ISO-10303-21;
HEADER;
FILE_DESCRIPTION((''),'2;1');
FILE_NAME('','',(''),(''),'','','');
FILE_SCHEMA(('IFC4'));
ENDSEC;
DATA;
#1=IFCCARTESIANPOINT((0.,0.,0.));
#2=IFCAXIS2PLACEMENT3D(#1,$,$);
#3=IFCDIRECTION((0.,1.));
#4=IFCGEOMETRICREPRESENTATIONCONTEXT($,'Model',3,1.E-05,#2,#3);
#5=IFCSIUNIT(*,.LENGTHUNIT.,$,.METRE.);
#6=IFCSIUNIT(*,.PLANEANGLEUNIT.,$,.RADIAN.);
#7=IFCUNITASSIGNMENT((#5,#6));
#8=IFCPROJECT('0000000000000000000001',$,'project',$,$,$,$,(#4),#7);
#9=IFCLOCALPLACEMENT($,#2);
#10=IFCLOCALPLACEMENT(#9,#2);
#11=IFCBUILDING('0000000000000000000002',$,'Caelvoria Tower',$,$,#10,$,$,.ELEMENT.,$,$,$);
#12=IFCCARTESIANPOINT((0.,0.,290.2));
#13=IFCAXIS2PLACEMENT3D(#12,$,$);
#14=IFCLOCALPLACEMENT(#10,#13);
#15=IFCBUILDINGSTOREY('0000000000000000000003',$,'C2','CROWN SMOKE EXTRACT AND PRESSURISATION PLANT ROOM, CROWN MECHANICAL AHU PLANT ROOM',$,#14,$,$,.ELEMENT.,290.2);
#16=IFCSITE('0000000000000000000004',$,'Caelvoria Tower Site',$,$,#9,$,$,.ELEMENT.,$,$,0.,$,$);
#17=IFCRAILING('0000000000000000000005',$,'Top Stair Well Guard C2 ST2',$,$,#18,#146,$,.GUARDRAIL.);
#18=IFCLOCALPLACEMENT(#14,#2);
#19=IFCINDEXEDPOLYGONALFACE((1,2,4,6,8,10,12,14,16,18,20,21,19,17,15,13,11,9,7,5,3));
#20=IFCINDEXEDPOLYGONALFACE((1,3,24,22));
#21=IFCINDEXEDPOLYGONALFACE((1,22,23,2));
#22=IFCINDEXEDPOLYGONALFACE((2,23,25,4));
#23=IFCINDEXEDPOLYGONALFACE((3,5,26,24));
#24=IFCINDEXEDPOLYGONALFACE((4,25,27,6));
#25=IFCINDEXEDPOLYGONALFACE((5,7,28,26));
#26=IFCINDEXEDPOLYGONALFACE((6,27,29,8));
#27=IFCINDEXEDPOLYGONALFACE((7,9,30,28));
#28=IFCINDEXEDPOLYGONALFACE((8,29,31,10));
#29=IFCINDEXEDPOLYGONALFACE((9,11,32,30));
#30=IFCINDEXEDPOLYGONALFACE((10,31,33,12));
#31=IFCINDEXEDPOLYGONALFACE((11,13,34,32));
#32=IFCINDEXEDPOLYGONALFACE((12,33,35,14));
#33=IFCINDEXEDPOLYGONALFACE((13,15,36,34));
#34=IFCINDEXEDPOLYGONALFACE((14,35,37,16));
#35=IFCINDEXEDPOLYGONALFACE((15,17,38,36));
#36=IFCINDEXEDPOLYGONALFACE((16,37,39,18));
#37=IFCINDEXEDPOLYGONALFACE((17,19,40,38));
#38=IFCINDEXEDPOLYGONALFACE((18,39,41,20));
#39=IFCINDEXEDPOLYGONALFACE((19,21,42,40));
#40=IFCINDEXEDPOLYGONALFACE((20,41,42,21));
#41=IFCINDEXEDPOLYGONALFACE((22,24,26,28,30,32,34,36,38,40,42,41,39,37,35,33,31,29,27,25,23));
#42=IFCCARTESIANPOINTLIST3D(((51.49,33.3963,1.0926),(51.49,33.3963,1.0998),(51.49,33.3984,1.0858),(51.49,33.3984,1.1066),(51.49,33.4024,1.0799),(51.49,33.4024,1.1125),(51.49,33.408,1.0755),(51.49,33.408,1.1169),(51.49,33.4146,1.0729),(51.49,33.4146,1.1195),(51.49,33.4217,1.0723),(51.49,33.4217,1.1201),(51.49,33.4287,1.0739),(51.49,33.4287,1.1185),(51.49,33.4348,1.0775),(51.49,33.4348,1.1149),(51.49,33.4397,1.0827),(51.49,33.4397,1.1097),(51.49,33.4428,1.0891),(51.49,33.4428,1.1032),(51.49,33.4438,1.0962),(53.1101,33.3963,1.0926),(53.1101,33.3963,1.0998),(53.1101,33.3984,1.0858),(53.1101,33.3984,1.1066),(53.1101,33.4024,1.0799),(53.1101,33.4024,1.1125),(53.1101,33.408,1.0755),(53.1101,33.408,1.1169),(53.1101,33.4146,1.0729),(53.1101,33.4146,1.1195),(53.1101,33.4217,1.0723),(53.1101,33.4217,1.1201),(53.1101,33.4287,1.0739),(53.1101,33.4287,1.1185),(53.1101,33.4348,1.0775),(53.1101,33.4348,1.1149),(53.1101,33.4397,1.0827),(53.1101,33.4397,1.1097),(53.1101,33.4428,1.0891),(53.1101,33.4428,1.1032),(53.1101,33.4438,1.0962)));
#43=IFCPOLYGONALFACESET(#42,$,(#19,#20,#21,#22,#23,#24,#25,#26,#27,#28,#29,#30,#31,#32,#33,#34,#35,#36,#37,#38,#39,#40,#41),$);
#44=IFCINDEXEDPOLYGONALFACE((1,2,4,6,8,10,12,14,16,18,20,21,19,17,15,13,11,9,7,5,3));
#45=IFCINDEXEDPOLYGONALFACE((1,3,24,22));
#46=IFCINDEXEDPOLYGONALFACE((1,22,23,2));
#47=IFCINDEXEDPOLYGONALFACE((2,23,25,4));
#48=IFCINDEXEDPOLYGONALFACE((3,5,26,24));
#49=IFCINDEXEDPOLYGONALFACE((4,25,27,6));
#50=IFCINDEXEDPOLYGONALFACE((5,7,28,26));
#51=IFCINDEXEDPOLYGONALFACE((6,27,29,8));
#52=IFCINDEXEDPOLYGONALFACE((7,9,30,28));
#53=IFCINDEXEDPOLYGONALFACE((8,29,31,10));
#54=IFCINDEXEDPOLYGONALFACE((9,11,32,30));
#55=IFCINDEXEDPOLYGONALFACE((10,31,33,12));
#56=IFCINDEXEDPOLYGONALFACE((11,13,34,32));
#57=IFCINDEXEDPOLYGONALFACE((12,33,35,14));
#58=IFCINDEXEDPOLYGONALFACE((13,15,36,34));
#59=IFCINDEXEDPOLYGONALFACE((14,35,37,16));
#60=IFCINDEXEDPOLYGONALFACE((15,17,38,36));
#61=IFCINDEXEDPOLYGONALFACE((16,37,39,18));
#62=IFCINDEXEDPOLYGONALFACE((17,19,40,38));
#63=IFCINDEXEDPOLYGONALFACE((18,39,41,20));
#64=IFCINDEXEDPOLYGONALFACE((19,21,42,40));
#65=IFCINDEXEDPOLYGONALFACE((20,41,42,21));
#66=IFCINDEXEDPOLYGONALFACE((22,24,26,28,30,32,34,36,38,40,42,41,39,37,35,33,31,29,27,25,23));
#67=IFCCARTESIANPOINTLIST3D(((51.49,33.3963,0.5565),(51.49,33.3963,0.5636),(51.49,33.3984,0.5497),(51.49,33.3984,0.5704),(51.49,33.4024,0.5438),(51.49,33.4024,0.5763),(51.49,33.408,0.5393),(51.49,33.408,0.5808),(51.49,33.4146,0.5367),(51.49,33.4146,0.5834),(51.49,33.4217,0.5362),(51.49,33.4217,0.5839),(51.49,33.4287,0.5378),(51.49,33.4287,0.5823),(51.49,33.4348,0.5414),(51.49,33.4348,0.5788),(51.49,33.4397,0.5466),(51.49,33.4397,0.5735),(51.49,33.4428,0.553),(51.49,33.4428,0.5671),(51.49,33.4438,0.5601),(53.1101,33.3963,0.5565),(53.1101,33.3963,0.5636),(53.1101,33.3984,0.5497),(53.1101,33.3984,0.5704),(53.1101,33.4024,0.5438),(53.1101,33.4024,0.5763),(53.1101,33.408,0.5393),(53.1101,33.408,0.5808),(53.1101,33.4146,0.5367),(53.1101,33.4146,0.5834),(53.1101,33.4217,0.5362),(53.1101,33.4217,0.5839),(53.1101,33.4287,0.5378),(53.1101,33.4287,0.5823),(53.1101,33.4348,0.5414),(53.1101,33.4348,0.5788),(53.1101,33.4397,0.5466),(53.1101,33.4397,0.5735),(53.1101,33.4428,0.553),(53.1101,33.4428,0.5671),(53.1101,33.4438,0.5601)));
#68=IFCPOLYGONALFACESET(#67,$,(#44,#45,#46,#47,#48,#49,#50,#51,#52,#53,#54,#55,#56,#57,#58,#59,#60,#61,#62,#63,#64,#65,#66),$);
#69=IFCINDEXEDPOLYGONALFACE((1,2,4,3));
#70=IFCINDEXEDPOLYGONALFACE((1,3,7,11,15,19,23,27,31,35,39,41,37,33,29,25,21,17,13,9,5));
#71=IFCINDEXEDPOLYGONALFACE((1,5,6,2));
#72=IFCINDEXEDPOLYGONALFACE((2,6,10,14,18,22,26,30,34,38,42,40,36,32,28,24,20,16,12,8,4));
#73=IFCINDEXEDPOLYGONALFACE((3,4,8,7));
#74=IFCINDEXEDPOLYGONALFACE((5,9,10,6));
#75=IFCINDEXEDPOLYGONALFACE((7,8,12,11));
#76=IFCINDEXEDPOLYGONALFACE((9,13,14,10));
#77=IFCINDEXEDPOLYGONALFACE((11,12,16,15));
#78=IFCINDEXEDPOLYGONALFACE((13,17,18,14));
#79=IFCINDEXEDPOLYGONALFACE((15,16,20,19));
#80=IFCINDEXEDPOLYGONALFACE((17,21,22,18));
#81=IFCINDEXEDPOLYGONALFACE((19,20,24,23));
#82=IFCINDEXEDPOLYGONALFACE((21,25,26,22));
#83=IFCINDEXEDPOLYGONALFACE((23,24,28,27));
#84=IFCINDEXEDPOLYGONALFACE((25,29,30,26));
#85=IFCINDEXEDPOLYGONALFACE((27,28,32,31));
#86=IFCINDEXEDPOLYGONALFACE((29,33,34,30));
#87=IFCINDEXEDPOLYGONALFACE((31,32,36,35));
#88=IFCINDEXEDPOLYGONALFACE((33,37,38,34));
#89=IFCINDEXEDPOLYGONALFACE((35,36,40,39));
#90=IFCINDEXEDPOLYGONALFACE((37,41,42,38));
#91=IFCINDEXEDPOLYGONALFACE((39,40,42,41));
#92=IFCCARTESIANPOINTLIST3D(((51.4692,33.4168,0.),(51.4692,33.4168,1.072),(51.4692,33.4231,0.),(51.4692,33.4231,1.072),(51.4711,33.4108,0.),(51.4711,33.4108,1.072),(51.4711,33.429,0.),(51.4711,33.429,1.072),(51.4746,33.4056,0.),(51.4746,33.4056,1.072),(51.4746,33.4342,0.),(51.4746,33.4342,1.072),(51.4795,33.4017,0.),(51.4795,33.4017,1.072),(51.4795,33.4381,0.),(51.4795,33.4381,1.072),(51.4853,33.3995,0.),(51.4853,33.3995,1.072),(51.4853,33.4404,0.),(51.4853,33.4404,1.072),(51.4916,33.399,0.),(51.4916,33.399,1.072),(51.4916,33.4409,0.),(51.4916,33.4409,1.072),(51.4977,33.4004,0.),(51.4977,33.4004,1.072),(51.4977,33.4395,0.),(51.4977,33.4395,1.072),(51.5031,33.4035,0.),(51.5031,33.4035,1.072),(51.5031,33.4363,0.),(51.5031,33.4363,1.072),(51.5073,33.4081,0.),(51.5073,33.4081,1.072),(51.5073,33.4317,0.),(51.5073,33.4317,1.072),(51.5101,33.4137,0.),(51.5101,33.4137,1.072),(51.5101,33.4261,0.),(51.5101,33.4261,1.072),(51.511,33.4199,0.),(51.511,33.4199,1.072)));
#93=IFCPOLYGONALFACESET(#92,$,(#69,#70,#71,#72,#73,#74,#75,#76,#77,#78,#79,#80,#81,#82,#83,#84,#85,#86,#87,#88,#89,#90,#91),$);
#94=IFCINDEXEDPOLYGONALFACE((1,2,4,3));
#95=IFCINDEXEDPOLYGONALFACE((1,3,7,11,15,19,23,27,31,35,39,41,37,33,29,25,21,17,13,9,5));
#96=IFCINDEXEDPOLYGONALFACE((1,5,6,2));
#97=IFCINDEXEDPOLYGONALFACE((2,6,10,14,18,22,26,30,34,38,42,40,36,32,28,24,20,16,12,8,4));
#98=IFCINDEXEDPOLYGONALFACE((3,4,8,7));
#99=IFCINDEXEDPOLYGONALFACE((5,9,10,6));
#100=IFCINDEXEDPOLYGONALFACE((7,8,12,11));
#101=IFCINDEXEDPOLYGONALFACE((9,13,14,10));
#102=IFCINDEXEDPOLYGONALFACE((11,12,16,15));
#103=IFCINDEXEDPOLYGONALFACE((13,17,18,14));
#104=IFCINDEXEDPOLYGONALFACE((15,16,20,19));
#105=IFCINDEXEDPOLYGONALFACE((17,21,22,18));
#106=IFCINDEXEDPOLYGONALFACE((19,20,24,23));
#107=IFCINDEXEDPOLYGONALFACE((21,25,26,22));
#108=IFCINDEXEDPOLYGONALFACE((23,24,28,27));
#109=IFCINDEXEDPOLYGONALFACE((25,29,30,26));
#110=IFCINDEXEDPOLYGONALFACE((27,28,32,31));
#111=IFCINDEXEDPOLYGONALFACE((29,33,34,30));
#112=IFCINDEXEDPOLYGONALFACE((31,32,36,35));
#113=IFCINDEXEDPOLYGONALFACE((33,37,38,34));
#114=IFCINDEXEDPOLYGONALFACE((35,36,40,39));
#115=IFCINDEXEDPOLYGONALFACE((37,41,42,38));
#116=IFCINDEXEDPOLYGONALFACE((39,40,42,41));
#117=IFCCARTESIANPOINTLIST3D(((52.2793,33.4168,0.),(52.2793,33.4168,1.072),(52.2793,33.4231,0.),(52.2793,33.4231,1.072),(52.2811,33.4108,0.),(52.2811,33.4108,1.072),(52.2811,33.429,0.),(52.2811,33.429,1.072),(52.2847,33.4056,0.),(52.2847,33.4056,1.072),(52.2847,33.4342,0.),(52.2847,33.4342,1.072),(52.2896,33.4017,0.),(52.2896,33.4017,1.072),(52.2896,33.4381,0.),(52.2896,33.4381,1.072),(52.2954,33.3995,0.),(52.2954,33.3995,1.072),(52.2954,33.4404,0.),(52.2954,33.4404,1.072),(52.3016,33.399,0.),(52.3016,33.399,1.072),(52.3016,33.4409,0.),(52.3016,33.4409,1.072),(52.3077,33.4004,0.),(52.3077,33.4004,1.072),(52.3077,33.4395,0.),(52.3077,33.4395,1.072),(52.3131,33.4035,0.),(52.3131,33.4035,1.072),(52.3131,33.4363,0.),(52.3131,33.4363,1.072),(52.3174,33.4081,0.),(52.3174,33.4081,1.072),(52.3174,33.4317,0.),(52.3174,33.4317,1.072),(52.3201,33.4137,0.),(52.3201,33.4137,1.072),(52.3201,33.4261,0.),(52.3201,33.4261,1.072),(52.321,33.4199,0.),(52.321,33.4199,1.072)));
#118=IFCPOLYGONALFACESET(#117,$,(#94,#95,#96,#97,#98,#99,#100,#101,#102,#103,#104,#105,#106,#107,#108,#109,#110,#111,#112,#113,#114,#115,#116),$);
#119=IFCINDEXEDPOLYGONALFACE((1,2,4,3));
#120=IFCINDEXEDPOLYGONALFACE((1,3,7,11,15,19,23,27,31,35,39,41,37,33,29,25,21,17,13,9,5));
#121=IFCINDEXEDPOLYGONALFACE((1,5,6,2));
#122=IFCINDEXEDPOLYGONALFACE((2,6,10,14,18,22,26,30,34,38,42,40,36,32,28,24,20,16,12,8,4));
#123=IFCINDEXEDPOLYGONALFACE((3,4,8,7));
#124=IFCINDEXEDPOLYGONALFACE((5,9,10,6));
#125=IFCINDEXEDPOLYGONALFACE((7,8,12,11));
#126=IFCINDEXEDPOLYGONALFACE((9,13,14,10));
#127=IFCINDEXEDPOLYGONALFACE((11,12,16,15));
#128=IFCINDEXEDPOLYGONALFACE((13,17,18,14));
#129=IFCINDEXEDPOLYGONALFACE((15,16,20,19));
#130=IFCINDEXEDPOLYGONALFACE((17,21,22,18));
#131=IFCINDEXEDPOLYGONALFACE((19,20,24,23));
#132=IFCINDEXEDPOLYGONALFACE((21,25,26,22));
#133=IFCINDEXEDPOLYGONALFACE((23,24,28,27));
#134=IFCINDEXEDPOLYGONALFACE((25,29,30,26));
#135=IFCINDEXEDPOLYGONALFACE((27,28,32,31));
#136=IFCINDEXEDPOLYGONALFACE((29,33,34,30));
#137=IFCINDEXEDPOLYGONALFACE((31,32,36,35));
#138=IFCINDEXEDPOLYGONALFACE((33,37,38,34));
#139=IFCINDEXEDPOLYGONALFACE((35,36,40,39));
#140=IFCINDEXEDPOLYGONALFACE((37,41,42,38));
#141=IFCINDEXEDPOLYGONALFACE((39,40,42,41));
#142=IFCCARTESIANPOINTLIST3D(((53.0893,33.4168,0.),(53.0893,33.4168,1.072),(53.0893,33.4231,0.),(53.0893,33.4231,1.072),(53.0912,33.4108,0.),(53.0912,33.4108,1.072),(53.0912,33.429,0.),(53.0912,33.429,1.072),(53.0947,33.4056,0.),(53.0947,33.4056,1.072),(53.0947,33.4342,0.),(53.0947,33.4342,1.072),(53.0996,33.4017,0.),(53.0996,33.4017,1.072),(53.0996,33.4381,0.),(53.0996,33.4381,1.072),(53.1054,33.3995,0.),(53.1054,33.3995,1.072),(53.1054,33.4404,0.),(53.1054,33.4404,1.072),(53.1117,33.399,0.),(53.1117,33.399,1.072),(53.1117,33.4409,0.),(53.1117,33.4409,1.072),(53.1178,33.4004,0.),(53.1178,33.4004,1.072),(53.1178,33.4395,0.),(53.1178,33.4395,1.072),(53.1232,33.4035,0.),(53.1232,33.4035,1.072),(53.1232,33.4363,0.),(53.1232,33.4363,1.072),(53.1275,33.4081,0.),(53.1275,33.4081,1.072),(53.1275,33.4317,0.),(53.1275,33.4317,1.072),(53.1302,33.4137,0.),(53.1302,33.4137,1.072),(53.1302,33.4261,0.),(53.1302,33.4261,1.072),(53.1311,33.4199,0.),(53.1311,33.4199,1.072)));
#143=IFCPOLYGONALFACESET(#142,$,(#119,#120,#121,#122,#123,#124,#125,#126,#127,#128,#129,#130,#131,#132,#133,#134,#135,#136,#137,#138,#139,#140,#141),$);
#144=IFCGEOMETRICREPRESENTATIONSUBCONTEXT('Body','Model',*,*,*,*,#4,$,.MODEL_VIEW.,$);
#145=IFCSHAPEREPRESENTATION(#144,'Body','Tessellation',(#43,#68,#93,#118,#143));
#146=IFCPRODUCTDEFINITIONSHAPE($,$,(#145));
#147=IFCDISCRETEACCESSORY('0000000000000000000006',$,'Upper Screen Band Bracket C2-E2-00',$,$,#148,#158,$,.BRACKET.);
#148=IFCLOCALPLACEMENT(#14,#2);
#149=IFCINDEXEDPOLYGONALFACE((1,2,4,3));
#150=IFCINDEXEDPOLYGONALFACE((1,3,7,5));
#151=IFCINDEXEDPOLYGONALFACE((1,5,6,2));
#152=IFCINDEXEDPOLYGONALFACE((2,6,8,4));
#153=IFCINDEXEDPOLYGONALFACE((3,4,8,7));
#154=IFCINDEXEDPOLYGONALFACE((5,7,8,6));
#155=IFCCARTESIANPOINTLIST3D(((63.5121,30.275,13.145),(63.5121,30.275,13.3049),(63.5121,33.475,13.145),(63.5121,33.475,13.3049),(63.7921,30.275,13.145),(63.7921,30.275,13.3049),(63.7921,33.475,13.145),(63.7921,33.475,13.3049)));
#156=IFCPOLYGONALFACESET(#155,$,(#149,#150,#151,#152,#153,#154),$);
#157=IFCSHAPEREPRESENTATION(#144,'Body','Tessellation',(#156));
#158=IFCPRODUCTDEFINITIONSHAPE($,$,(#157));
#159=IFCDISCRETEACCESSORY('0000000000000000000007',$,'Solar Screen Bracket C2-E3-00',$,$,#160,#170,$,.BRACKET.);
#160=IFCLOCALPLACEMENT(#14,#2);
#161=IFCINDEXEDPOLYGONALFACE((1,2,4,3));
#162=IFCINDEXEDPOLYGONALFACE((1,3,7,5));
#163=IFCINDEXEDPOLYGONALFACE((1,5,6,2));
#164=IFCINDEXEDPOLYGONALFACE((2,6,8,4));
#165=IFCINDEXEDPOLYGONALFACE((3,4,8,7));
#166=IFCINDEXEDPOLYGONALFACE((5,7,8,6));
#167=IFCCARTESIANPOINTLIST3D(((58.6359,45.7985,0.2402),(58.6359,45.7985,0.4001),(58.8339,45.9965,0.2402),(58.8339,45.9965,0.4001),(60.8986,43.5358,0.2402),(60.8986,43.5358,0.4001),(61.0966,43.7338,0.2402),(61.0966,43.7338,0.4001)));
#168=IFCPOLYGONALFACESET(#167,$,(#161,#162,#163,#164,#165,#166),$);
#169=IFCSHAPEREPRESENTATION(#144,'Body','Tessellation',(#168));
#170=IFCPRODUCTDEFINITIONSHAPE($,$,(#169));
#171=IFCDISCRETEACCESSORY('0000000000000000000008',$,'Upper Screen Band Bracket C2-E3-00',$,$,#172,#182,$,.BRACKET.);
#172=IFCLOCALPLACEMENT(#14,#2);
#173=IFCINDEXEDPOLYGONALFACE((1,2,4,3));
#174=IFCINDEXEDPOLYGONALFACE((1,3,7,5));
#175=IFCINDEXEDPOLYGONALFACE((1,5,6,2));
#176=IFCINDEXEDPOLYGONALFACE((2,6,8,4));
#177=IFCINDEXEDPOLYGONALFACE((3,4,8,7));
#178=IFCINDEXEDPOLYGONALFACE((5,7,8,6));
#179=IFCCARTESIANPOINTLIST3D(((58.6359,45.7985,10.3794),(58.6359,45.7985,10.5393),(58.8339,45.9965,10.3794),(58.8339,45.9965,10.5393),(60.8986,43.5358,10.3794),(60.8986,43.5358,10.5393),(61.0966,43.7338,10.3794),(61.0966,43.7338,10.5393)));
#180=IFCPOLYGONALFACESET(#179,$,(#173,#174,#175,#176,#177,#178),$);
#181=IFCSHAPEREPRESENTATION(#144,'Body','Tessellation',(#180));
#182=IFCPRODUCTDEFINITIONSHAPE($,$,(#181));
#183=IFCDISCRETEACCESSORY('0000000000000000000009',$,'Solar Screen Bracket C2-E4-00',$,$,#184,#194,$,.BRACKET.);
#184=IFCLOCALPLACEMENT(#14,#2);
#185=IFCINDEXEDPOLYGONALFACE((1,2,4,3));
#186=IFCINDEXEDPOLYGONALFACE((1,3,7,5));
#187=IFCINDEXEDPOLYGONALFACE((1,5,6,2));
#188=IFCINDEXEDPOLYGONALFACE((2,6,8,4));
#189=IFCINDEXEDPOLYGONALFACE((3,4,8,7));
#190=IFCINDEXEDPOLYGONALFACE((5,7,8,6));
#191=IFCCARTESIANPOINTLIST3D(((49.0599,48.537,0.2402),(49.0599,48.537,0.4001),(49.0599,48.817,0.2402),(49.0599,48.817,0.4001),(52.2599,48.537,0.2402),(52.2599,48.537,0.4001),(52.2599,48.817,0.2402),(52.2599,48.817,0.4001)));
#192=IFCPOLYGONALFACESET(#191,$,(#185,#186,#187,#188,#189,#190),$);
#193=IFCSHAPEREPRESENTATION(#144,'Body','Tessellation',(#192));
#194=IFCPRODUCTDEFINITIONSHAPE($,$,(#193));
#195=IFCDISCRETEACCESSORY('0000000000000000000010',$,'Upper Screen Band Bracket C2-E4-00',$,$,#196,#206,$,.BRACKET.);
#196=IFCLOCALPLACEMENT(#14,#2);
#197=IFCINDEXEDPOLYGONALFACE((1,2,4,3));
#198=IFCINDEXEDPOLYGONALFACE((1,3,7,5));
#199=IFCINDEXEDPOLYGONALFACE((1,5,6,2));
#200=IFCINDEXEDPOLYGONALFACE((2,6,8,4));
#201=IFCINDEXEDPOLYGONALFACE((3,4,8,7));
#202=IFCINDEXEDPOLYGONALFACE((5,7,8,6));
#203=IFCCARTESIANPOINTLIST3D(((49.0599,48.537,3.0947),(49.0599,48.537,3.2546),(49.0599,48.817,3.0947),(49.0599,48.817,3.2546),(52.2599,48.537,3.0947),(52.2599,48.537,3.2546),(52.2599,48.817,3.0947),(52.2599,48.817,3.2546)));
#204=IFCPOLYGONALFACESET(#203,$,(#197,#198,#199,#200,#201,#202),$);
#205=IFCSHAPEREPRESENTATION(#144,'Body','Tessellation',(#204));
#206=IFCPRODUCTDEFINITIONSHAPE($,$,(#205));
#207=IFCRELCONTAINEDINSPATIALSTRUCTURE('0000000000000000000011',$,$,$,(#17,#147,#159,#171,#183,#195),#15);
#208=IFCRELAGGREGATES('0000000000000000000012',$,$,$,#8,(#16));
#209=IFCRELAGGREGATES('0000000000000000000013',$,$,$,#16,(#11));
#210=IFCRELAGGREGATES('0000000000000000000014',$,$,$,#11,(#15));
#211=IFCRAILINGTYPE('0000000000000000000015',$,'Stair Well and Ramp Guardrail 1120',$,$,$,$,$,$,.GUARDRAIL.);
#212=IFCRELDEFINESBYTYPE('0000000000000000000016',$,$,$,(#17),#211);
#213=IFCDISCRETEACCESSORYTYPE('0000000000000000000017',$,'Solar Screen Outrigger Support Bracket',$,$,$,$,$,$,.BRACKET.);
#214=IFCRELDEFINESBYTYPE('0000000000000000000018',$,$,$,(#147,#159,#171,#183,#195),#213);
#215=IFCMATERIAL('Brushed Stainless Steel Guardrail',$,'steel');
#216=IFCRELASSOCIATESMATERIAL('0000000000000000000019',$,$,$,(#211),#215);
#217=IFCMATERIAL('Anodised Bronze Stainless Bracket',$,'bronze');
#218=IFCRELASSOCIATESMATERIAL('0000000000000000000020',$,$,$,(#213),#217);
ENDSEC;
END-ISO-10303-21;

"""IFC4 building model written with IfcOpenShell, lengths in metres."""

from ifc_helpers import new_model, si_unit, direction, frame, origin, origin_2d, place, context, subcontext, project, spatial, rectangle, circle, extrude, material, type_object, element, save


model = new_model("IFC4")

# Units and contexts
model_context = context("Model", 3, precision=1e-05, world=origin(), true_north=direction((0.0, 1.0)))
body_context = subcontext(model_context, "Body", "Model", "MODEL_VIEW")
ifc_project = project(units=[si_unit("LENGTHUNIT", "METRE"), si_unit("PLANEANGLEUNIT", "RADIAN")], contexts=[model_context])

# Site, building, storey
site_placement = place(None, origin())
site = spatial("IfcSite", under=ifc_project, at=site_placement, Name="Caelvoria Tower Site", CompositionType="ELEMENT", RefElevation=0.0)
building_placement = place(site_placement, origin())
building = spatial("IfcBuilding", under=site, at=building_placement, Name="Caelvoria Tower", CompositionType="ELEMENT")
storey_placement = place(building_placement, frame((0.0, 0.0, 290.2)))
storey = spatial("IfcBuildingStorey", under=building, at=storey_placement, Name="C2", Description="CROWN SMOKE EXTRACT AND PRESSURISATION PLANT ROOM, CROWN MECHANICAL AHU PLANT ROOM", CompositionType="ELEMENT", Elevation=290.2)

# Railing
ifc_material_1 = material(Name="Brushed Stainless Steel Guardrail", Category="steel")
railing_type = type_object("IfcRailingType", Name="Stair Well and Ramp Guardrail 1120", PredefinedType="GUARDRAIL", material=ifc_material_1)
railing_placement = place(storey_placement, frame((51.49, 33.4199, 0.0)))
element("IfcRailing", 1, at=railing_placement, inside=storey, type_object=railing_type, Name="Top Stair Well Guard C2 ST2", PredefinedType="GUARDRAIL", context=body_context, shape_type="SweptSolid", body=[
    extrude(circle(Radius=0.0239, at=origin_2d()), frame((0.0, 0.0, 1.0962), z_axis=(1.0, 0.0, 0.0), x_axis=(0.0, 1.0, 0.0)), (0.0, 0.0, 1.0), 1.6201),
    extrude(circle(Radius=0.0239, at=origin_2d()), frame((0.0, 0.0, 0.5601), z_axis=(1.0, 0.0, 0.0), x_axis=(0.0, 1.0, 0.0)), (0.0, 0.0, 1.0), 1.6201),
    extrude(circle(Radius=0.021, at=origin_2d()), origin(), (0.0, 0.0, 1.0), 1.072),
    extrude(circle(Radius=0.021, at=origin_2d()), frame((0.8101, 0.0, 0.0)), (0.0, 0.0, 1.0), 1.072),
    extrude(circle(Radius=0.021, at=origin_2d()), frame((1.6201, 0.0, 0.0)), (0.0, 0.0, 1.0), 1.072),
])

# Discrete accessories
ifc_material_2 = material(Name="Anodised Bronze Stainless Bracket", Category="bronze")
discrete_accessory_type = type_object("IfcDiscreteAccessoryType", Name="Solar Screen Outrigger Support Bracket", PredefinedType="BRACKET", material=ifc_material_2)
for number, where, z_axis, x_axis, name in (
    (2, (63.6521, 31.875, 13.145), (0.0, 0.0, 1.0), (0.0, 1.0, 0.0), "Upper Screen Band Bracket C2-E2-00"),
    (3, (59.8662, 44.7661, 0.2402), (0.0, 0.0, 1.0), (-0.707107, 0.707107, 0.0), "Solar Screen Bracket C2-E3-00"),
    (4, (59.8662, 44.7661, 10.3794), (0.0, 0.0, 1.0), (-0.707107, 0.707107, 0.0), "Upper Screen Band Bracket C2-E3-00"),
    (5, (50.6599, 48.677, 0.2402), (0.0, 0.0, 1.0), (-1.0, 0.0, 0.0), "Solar Screen Bracket C2-E4-00"),
    (6, (50.6599, 48.677, 3.0947), (0.0, 0.0, 1.0), (-1.0, 0.0, 0.0), "Upper Screen Band Bracket C2-E4-00"),
):
    element("IfcDiscreteAccessory", number, at=place(storey_placement, frame(where, z_axis=z_axis, x_axis=x_axis)), inside=storey, type_object=discrete_accessory_type, Name=name, PredefinedType="BRACKET", context=body_context, shape_type="SweptSolid", body=[
        extrude(rectangle(XDim=3.2, YDim=0.28, at=origin_2d()), origin(), (0.0, 0.0, 1.0), 0.1599),
    ])

save(model, "model.ifc")
